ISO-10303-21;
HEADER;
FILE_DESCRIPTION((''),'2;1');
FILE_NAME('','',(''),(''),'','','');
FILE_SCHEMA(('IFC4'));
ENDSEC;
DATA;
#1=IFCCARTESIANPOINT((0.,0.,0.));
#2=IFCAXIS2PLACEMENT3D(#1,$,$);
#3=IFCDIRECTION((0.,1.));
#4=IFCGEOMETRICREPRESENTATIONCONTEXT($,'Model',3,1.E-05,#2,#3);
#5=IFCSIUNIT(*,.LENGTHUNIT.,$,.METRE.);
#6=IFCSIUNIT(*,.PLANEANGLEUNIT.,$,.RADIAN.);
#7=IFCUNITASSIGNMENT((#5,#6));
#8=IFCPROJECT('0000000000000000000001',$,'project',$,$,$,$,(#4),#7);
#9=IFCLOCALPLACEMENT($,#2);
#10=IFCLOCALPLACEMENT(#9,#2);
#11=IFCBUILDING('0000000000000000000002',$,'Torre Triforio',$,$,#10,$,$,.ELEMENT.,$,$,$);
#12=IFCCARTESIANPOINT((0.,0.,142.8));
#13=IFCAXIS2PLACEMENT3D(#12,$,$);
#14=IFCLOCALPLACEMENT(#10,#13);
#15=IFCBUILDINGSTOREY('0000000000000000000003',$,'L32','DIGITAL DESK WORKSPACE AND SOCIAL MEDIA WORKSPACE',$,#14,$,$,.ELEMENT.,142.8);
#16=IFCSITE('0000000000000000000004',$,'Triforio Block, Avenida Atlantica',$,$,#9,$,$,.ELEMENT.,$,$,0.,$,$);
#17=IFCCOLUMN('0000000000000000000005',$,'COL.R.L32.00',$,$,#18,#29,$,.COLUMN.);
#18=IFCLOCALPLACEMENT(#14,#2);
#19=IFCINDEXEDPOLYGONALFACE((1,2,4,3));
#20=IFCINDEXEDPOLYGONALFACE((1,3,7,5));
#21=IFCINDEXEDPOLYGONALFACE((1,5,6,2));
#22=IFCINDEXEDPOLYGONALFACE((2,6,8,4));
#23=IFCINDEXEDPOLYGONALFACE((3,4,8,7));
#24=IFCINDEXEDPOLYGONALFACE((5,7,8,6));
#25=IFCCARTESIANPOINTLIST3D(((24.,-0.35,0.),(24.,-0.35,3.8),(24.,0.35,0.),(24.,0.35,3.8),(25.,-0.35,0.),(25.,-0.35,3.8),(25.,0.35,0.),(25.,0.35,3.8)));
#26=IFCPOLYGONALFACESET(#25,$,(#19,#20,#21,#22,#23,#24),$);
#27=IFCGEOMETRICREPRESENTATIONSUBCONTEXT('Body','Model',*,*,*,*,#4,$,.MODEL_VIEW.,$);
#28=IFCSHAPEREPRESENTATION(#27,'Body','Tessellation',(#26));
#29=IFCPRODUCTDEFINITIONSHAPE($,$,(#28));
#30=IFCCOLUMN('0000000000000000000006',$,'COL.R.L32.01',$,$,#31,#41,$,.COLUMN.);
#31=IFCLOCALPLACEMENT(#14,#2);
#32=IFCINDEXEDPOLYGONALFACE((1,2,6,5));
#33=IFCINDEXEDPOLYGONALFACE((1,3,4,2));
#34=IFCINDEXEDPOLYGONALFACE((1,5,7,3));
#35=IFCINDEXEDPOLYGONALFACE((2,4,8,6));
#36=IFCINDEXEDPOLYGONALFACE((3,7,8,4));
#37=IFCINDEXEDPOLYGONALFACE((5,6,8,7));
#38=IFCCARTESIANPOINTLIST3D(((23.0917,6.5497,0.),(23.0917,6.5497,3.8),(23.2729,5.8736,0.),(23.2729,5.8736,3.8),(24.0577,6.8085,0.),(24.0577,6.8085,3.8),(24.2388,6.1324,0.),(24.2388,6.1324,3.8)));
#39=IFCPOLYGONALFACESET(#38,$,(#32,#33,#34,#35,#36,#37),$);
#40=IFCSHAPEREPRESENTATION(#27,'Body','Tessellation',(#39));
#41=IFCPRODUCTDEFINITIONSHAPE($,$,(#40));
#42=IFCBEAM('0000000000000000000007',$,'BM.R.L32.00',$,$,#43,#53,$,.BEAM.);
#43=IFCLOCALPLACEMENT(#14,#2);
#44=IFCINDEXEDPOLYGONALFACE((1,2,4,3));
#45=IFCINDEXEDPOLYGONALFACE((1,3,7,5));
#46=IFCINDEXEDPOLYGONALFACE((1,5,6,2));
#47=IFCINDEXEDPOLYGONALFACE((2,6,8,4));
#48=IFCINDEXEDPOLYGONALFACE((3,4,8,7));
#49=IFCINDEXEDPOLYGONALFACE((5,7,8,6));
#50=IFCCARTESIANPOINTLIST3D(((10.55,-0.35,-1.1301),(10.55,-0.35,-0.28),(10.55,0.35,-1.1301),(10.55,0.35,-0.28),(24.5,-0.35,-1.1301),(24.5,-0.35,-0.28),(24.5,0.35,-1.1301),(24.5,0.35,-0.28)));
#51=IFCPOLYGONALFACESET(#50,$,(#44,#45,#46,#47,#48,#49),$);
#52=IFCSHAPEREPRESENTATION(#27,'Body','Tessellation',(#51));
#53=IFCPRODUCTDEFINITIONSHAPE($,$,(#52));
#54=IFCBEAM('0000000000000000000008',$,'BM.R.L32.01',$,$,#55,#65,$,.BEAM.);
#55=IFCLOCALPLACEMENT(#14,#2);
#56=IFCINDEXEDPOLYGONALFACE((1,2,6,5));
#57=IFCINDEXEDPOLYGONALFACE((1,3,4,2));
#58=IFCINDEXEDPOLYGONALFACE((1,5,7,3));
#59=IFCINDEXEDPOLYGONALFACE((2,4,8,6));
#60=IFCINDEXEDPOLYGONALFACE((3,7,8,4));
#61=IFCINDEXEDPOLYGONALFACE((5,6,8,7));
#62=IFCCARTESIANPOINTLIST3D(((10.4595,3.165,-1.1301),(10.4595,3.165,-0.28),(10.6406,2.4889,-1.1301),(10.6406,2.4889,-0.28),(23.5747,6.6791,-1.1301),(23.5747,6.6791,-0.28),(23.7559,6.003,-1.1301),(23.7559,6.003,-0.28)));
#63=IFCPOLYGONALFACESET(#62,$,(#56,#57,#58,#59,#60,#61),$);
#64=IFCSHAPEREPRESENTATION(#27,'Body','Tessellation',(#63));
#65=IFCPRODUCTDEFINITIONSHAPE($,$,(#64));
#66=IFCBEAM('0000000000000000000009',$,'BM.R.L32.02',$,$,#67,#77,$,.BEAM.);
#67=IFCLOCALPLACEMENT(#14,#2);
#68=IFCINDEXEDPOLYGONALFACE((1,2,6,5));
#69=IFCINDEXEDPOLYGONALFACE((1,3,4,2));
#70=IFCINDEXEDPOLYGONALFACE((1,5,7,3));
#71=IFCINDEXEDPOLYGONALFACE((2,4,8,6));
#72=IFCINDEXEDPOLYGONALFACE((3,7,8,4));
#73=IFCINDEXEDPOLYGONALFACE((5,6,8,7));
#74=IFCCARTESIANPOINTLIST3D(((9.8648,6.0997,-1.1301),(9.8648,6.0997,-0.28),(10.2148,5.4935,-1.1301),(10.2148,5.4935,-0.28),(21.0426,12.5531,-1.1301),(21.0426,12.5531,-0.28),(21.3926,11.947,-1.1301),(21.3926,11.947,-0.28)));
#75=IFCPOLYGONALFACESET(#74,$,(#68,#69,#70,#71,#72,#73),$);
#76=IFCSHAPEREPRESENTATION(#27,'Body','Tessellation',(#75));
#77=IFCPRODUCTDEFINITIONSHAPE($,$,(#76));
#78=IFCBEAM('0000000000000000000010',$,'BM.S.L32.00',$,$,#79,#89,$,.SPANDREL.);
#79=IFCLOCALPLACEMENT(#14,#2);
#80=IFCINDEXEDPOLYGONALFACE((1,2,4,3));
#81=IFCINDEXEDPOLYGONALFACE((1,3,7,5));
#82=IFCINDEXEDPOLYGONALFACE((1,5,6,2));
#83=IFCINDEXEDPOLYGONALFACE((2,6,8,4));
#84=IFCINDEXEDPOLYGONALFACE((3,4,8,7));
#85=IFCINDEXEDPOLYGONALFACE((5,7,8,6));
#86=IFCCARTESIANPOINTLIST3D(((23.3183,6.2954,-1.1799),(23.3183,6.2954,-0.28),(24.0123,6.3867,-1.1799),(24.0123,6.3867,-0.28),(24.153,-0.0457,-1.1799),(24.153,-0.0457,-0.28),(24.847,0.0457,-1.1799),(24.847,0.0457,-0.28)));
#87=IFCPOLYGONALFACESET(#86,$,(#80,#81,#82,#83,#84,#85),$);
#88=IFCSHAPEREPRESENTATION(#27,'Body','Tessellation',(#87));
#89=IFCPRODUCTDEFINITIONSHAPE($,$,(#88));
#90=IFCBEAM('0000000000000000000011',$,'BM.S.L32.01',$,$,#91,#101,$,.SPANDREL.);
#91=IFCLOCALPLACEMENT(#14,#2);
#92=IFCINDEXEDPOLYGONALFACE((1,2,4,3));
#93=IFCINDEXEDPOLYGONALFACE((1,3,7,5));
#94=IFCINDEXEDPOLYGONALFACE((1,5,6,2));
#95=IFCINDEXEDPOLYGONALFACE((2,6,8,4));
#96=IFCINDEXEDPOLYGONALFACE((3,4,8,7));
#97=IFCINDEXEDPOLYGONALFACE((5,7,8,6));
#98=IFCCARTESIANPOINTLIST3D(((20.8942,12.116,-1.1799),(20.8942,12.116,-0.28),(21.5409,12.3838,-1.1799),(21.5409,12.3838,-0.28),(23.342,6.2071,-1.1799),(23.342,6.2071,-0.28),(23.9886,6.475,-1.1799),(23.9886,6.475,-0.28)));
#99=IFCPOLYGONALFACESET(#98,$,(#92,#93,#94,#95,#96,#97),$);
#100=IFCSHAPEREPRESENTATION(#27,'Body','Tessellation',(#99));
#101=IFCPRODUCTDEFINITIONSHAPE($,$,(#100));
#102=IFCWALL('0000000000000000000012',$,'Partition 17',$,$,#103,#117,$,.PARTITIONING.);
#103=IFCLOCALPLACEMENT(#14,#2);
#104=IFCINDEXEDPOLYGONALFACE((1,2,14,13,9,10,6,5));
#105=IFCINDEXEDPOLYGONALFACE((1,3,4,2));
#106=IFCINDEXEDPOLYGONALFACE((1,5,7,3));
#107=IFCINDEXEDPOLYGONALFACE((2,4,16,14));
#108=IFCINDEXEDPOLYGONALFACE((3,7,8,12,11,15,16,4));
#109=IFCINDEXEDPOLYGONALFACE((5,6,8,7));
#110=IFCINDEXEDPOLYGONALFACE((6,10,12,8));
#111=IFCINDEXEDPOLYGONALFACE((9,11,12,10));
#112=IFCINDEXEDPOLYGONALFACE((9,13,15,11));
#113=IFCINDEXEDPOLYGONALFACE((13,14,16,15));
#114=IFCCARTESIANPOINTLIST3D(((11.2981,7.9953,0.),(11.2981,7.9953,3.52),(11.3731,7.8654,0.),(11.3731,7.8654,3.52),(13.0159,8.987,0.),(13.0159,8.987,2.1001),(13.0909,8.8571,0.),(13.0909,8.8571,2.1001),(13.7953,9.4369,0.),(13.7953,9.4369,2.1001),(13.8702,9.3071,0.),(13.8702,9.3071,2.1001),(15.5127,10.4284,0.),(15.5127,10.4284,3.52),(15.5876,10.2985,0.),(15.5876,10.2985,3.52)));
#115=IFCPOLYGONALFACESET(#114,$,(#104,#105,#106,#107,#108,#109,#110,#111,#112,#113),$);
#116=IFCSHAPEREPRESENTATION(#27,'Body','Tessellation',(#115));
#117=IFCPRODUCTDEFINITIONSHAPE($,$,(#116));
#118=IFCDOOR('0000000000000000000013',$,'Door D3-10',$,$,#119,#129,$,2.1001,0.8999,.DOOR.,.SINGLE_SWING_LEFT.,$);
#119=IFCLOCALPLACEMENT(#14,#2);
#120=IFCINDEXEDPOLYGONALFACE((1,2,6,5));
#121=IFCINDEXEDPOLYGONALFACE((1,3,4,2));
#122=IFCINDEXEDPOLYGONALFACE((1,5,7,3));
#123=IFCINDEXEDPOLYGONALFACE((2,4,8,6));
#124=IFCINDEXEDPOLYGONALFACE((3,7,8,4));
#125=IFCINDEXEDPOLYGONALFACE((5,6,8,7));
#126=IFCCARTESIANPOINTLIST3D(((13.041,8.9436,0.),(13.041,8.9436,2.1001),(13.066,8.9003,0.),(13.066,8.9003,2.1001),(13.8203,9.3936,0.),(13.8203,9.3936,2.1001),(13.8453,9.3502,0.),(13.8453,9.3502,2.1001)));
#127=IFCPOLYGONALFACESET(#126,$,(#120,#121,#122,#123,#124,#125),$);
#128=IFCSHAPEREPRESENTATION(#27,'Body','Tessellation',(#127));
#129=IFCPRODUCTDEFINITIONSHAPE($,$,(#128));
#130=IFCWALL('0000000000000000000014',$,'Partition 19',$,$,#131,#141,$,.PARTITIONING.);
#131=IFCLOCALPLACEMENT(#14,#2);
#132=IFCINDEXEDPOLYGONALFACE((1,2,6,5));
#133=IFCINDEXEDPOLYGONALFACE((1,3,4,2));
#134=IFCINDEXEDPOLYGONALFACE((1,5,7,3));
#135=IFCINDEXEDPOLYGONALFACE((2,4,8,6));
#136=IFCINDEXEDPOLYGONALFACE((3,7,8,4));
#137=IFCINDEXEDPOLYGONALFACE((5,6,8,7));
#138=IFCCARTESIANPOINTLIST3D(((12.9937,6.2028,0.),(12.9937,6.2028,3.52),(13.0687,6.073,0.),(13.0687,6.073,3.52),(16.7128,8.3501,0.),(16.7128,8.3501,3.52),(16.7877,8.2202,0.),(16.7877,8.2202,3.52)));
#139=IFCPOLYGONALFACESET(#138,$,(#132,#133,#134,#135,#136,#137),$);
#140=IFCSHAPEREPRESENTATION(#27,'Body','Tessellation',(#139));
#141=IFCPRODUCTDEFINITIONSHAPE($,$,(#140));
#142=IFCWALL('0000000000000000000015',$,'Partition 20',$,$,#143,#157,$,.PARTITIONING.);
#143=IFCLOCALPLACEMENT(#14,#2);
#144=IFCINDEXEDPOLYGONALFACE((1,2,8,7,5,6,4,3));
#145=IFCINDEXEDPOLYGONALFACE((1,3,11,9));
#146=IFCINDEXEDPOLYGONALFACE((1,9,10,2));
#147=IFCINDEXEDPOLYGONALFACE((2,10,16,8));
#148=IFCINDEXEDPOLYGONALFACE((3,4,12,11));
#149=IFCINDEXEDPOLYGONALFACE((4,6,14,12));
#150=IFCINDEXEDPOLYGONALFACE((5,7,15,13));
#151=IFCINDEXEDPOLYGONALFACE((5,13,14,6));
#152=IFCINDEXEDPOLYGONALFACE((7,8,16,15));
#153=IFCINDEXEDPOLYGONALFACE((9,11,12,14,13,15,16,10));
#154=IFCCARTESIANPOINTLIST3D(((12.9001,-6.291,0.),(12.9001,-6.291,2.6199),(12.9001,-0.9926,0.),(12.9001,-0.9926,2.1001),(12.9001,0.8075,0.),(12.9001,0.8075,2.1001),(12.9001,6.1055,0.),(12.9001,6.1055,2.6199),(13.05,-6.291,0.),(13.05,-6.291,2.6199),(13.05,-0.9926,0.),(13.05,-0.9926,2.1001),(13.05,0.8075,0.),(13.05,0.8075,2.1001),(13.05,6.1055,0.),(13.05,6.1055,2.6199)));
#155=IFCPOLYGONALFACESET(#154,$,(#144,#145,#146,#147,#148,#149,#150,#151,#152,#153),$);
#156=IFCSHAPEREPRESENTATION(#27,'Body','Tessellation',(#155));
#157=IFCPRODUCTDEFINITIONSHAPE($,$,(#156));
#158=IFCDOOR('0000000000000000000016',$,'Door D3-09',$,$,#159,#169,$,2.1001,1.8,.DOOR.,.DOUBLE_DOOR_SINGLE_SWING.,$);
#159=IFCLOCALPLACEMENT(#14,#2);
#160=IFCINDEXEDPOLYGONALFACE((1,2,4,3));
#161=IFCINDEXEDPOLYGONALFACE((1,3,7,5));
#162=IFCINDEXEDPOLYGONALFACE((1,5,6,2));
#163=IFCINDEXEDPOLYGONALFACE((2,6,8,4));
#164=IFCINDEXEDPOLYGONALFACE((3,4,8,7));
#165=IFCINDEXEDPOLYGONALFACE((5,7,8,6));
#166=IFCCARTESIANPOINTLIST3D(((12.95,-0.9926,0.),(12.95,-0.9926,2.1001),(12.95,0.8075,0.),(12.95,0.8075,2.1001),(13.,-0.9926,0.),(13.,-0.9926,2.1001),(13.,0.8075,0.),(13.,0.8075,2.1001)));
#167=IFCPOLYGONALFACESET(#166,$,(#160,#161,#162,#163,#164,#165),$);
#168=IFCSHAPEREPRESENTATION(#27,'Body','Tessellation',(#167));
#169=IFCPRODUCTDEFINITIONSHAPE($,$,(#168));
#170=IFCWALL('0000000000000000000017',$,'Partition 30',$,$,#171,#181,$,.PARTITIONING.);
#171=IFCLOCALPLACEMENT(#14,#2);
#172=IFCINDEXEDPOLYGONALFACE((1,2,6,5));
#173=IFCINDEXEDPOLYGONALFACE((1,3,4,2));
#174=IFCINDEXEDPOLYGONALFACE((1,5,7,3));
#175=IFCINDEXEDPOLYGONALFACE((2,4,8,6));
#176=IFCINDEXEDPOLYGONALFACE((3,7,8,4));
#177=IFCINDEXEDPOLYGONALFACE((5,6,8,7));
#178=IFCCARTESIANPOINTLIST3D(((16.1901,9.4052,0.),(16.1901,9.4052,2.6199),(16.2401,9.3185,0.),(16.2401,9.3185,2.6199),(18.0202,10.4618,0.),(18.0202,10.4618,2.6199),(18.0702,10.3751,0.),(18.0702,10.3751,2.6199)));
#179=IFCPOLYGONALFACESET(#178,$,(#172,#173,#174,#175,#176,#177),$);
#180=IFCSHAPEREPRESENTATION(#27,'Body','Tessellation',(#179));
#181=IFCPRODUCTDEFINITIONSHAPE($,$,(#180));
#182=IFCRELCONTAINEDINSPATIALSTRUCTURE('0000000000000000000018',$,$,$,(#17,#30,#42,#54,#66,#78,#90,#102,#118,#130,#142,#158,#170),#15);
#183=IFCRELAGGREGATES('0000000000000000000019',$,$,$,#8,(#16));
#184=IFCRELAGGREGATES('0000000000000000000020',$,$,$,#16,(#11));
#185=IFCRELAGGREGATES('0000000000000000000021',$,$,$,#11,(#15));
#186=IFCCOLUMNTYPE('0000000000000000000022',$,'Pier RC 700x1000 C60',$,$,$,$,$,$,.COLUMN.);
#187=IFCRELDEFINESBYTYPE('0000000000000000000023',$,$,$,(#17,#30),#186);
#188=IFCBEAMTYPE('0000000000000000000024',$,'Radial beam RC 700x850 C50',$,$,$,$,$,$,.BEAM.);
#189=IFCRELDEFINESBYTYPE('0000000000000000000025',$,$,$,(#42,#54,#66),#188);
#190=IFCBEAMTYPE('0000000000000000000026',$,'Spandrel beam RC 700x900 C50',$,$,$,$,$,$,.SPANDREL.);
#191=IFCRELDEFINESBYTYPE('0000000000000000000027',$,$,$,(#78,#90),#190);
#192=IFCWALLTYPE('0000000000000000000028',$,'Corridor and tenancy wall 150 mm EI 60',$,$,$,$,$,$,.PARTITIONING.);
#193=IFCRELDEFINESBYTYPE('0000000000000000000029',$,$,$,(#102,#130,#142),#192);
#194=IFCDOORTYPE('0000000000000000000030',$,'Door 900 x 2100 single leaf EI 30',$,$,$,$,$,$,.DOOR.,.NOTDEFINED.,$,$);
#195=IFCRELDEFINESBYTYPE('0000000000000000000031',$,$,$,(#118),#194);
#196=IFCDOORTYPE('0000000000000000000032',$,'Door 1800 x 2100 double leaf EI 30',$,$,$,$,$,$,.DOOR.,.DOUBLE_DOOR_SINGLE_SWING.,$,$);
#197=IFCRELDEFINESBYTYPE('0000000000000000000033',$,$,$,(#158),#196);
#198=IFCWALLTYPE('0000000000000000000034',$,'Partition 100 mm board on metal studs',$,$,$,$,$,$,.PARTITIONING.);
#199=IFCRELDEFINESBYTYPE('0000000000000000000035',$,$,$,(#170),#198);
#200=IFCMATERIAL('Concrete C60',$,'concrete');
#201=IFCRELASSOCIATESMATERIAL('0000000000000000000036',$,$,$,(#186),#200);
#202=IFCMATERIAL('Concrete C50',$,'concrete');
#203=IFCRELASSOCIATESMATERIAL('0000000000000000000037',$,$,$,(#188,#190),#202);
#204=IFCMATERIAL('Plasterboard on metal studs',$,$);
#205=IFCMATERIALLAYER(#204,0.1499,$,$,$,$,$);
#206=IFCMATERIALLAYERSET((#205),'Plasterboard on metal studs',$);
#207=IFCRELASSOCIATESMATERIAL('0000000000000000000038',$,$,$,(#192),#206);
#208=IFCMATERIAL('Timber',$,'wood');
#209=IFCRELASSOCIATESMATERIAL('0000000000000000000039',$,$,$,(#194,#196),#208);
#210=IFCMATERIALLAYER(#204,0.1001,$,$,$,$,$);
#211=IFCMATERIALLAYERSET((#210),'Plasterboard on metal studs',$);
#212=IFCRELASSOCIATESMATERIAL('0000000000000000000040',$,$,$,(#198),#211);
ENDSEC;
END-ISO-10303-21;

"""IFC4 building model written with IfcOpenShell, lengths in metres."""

from ifc_helpers import new_model, si_unit, direction, frame, frame_2d, origin, origin_2d, place, context, subcontext, project, spatial, rectangle, extrude, material, layer, layer_set, material_profile, profile_set, type_object, element, fill, save


model = new_model("IFC4")

# Units and contexts
model_context = context("Model", 3, precision=1e-05, world=origin(), true_north=direction((0.0, 1.0)))
body_context = subcontext(model_context, "Body", "Model", "MODEL_VIEW")
ifc_project = project(units=[si_unit("LENGTHUNIT", "METRE"), si_unit("PLANEANGLEUNIT", "RADIAN")], contexts=[model_context])

# Site, building, storey
site_placement = place(None, origin())
site = spatial("IfcSite", under=ifc_project, at=site_placement, Name="Triforio Block, Avenida Atlantica", CompositionType="ELEMENT", RefElevation=0.0)
building_placement = place(site_placement, origin())
building = spatial("IfcBuilding", under=site, at=building_placement, Name="Torre Triforio", CompositionType="ELEMENT")
storey_placement = place(building_placement, frame((0.0, 0.0, 142.8)))
storey = spatial("IfcBuildingStorey", under=building, at=storey_placement, Name="L32", Description="DIGITAL DESK WORKSPACE AND SOCIAL MEDIA WORKSPACE", CompositionType="ELEMENT", Elevation=142.8)

# Columns
ifc_material_1 = material(Name="Concrete C60", Category="concrete")
ifc_material_profile_1 = material_profile(ifc_material_1, rectangle(XDim=0.7, YDim=1.0, at=origin_2d()), Name="RC 700x1000")
ifc_profile_set_1 = profile_set([ifc_material_profile_1], Name="Concrete C60")
column_type = type_object("IfcColumnType", Name="Pier RC 700x1000 C60", PredefinedType="COLUMN", material=ifc_profile_set_1)
for number, where, z_axis, x_axis, name in (
    (1, (24.5, 0.0, 0.0), (0.0, 0.0, 1.0), (0.0, 1.0, 0.0), "COL.R.L32.00"),
    (2, (23.6653, 6.3411, 0.0), (0.0, 0.0, 1.0), (-0.258819, 0.965926, 0.0), "COL.R.L32.01"),
):
    element("IfcColumn", number, at=place(storey_placement, frame(where, z_axis=z_axis, x_axis=x_axis)), inside=storey, type_object=column_type, Name=name, PredefinedType="COLUMN", context=body_context, shape_type="SweptSolid", body=[
        extrude(rectangle(XDim=0.7, YDim=1.0, at=origin_2d()), origin(), (0.0, 0.0, 1.0), 3.8),
    ])

# Beams
ifc_material_2 = material(Name="Concrete C50", Category="concrete")
ifc_material_profile_2 = material_profile(ifc_material_2, rectangle(XDim=0.7, YDim=0.8501, at=origin_2d()), Name="RC 700x850")
ifc_profile_set_2 = profile_set([ifc_material_profile_2], Name="Concrete C50")
beam_type_1 = type_object("IfcBeamType", Name="Radial beam RC 700x850 C50", PredefinedType="BEAM", material=ifc_profile_set_2)
beam_1_placement = place(storey_placement, frame((10.55, 0.0, -0.7051), z_axis=(1.0, 0.0, 0.0), x_axis=(0.0, 1.0, 0.0)))
element("IfcBeam", 3, at=beam_1_placement, inside=storey, type_object=beam_type_1, Name="BM.R.L32.00", PredefinedType="BEAM", context=body_context, shape_type="SweptSolid", body=[
    extrude(rectangle(XDim=0.7, YDim=0.8501, at=origin_2d()), origin(), (0.0, 0.0, 1.0), 13.95),
])
beam_2_placement = place(storey_placement, frame((10.55, 2.8269, -0.7051), z_axis=(0.965927, 0.258815, 0.0), x_axis=(-0.258815, 0.965927, 0.0)))
element("IfcBeam", 4, at=beam_2_placement, inside=storey, type_object=beam_type_1, Name="BM.R.L32.01", PredefinedType="BEAM", context=body_context, shape_type="SweptSolid", body=[
    extrude(rectangle(XDim=0.7, YDim=0.8501, at=origin_2d()), origin(), (0.0, 0.0, 1.0), 13.5779),
])
beam_3_placement = place(storey_placement, frame((10.0398, 5.7966, -0.7051), z_axis=(0.866029, 0.499994, 0.0), x_axis=(-0.499994, 0.866029, 0.0)))
element("IfcBeam", 5, at=beam_3_placement, inside=storey, type_object=beam_type_1, Name="BM.R.L32.02", PredefinedType="BEAM", context=body_context, shape_type="SweptSolid", body=[
    extrude(rectangle(XDim=0.7, YDim=0.8501, at=origin_2d()), origin(), (0.0, 0.0, 1.0), 12.907),
])
ifc_material_profile_3 = material_profile(ifc_material_2, rectangle(XDim=0.7, YDim=0.8999, at=origin_2d()), Name="RC 700x900")
ifc_profile_set_3 = profile_set([ifc_material_profile_3], Name="Concrete C50")
beam_type_2 = type_object("IfcBeamType", Name="Spandrel beam RC 700x900 C50", PredefinedType="SPANDREL", material=ifc_profile_set_3)
for number, where, z_axis, x_axis, name in (
    (6, (24.5, 0.0, -0.73), (-0.130511, 0.991447, 0.0), (-0.991447, -0.130511, 0.0), "BM.S.L32.00"),
    (7, (23.6653, 6.3411, -0.73), (-0.382709, 0.923869, 0.0), (-0.923869, -0.382709, 0.0), "BM.S.L32.01"),
):
    element("IfcBeam", number, at=place(storey_placement, frame(where, z_axis=z_axis, x_axis=x_axis)), inside=storey, type_object=beam_type_2, Name=name, PredefinedType="SPANDREL", context=body_context, shape_type="SweptSolid", body=[
        extrude(rectangle(XDim=0.7, YDim=0.8999, at=origin_2d()), origin(), (0.0, 0.0, 1.0), 6.3958),
    ])

# Wall, opening, door
ifc_material_3 = material(Name="Plasterboard on metal studs")
ifc_layer_1 = layer(ifc_material_3, 0.1499)
ifc_layer_set_1 = layer_set([ifc_layer_1], Name="Plasterboard on metal studs")
wall_type_1 = type_object("IfcWallType", Name="Corridor and tenancy wall 150 mm EI 60", PredefinedType="PARTITIONING", material=ifc_layer_set_1)
wall_1_placement = place(storey_placement, frame((11.3357, 7.9304, 0.0), z_axis=(0.0, 0.0, 1.0), x_axis=(0.866043, 0.49997, 0.0)))
wall_1 = element("IfcWall", 8, at=wall_1_placement, inside=storey, type_object=wall_type_1, Name="Partition 17", PredefinedType="PARTITIONING", context=body_context, shape_type="SweptSolid", body=[
    extrude(rectangle(XDim=4.8665, YDim=0.1499, at=frame_2d((2.4331, 0.0))), origin(), (0.0, 0.0, 1.0), 3.52),
])
opening_1_placement = place(wall_1_placement, frame((1.9834, 0.0, 0.0)))
opening_1 = element("IfcOpeningElement", 9, at=opening_1_placement, cuts=wall_1, PredefinedType="OPENING", context=body_context, shape_type="SweptSolid", body=[
    extrude(rectangle(XDim=0.8999, YDim=2.1001, at=frame_2d((0.45, 1.05))), frame((0.0, 0.085, 0.0), z_axis=(0.0, -1.0, 0.0), x_axis=(1.0, 0.0, 0.0)), (0.0, 0.0, 1.0), 0.1699),
])
ifc_material_4 = material(Name="Timber", Category="wood")
door_type_1 = type_object("IfcDoorType", Name="Door 900 x 2100 single leaf EI 30", OperationType="NOTDEFINED", PredefinedType="DOOR", material=ifc_material_4)
door_1_placement = place(opening_1_placement, origin())
door_1 = element("IfcDoor", 10, at=door_1_placement, inside=storey, type_object=door_type_1, Name="Door D3-10", OperationType="SINGLE_SWING_LEFT", OverallHeight=2.1001, OverallWidth=0.8999, PredefinedType="DOOR", context=body_context, shape_type="SweptSolid", body=[
    extrude(rectangle(XDim=0.8999, YDim=2.1001, at=frame_2d((0.45, 1.05))), frame((0.0, 0.0249, 0.0), z_axis=(0.0, -1.0, 0.0), x_axis=(1.0, 0.0, 0.0)), (0.0, 0.0, 1.0), 0.05),
])
fill(opening_1, door_1)

# Wall
wall_2_placement = place(storey_placement, frame((16.7502, 8.2852, 0.0), z_axis=(0.0, 0.0, 1.0), x_axis=(-0.86602, -0.50001, 0.0)))
element("IfcWall", 11, at=wall_2_placement, inside=storey, type_object=wall_type_1, Name="Partition 19", PredefinedType="PARTITIONING", context=body_context, shape_type="SweptSolid", body=[
    extrude(rectangle(XDim=4.2944, YDim=0.1499, at=frame_2d((2.1472, 0.0))), origin(), (0.0, 0.0, 1.0), 3.52),
])

# Wall, opening, door
wall_3_placement = place(storey_placement, frame((12.9751, 6.1055, 0.0), z_axis=(0.0, 0.0, 1.0), x_axis=(0.0, -1.0, 0.0)))
wall_3 = element("IfcWall", 12, at=wall_3_placement, inside=storey, type_object=wall_type_1, Name="Partition 20", PredefinedType="PARTITIONING", context=body_context, shape_type="SweptSolid", body=[
    extrude(rectangle(XDim=12.3965, YDim=0.1499, at=frame_2d((6.1982, 0.0))), origin(), (0.0, 0.0, 1.0), 2.6199),
])
opening_2_placement = place(wall_3_placement, frame((5.2981, 0.0, 0.0)))
opening_2 = element("IfcOpeningElement", 13, at=opening_2_placement, cuts=wall_3, PredefinedType="OPENING", context=body_context, shape_type="SweptSolid", body=[
    extrude(rectangle(XDim=1.8, YDim=2.1001, at=frame_2d((0.8999, 1.05))), frame((0.0, 0.085, 0.0), z_axis=(0.0, -1.0, 0.0), x_axis=(1.0, 0.0, 0.0)), (0.0, 0.0, 1.0), 0.1699),
])
door_type_2 = type_object("IfcDoorType", Name="Door 1800 x 2100 double leaf EI 30", OperationType="DOUBLE_DOOR_SINGLE_SWING", PredefinedType="DOOR", material=ifc_material_4)
door_2_placement = place(opening_2_placement, origin())
door_2 = element("IfcDoor", 14, at=door_2_placement, inside=storey, type_object=door_type_2, Name="Door D3-09", OperationType="DOUBLE_DOOR_SINGLE_SWING", OverallHeight=2.1001, OverallWidth=1.8, PredefinedType="DOOR", context=body_context, shape_type="SweptSolid", body=[
    extrude(rectangle(XDim=1.8, YDim=2.1001, at=frame_2d((0.8999, 1.05))), frame((0.0, 0.0249, 0.0), z_axis=(0.0, -1.0, 0.0), x_axis=(1.0, 0.0, 0.0)), (0.0, 0.0, 1.0), 0.05),
])
fill(opening_2, door_2)

# Wall
ifc_layer_2 = layer(ifc_material_3, 0.1001)
ifc_layer_set_2 = layer_set([ifc_layer_2], Name="Plasterboard on metal studs")
wall_type_2 = type_object("IfcWallType", Name="Partition 100 mm board on metal studs", PredefinedType="PARTITIONING", material=ifc_layer_set_2)
wall_4_placement = place(storey_placement, frame((16.2151, 9.3618, 0.0), z_axis=(0.0, 0.0, 1.0), x_axis=(0.866016, 0.500016, 0.0)))
element("IfcWall", 15, at=wall_4_placement, inside=storey, type_object=wall_type_2, Name="Partition 30", PredefinedType="PARTITIONING", context=body_context, shape_type="SweptSolid", body=[
    extrude(rectangle(XDim=2.1133, YDim=0.1001, at=frame_2d((1.0566, 0.0))), origin(), (0.0, 0.0, 1.0), 2.6199),
])

save(model, "model.ifc")
